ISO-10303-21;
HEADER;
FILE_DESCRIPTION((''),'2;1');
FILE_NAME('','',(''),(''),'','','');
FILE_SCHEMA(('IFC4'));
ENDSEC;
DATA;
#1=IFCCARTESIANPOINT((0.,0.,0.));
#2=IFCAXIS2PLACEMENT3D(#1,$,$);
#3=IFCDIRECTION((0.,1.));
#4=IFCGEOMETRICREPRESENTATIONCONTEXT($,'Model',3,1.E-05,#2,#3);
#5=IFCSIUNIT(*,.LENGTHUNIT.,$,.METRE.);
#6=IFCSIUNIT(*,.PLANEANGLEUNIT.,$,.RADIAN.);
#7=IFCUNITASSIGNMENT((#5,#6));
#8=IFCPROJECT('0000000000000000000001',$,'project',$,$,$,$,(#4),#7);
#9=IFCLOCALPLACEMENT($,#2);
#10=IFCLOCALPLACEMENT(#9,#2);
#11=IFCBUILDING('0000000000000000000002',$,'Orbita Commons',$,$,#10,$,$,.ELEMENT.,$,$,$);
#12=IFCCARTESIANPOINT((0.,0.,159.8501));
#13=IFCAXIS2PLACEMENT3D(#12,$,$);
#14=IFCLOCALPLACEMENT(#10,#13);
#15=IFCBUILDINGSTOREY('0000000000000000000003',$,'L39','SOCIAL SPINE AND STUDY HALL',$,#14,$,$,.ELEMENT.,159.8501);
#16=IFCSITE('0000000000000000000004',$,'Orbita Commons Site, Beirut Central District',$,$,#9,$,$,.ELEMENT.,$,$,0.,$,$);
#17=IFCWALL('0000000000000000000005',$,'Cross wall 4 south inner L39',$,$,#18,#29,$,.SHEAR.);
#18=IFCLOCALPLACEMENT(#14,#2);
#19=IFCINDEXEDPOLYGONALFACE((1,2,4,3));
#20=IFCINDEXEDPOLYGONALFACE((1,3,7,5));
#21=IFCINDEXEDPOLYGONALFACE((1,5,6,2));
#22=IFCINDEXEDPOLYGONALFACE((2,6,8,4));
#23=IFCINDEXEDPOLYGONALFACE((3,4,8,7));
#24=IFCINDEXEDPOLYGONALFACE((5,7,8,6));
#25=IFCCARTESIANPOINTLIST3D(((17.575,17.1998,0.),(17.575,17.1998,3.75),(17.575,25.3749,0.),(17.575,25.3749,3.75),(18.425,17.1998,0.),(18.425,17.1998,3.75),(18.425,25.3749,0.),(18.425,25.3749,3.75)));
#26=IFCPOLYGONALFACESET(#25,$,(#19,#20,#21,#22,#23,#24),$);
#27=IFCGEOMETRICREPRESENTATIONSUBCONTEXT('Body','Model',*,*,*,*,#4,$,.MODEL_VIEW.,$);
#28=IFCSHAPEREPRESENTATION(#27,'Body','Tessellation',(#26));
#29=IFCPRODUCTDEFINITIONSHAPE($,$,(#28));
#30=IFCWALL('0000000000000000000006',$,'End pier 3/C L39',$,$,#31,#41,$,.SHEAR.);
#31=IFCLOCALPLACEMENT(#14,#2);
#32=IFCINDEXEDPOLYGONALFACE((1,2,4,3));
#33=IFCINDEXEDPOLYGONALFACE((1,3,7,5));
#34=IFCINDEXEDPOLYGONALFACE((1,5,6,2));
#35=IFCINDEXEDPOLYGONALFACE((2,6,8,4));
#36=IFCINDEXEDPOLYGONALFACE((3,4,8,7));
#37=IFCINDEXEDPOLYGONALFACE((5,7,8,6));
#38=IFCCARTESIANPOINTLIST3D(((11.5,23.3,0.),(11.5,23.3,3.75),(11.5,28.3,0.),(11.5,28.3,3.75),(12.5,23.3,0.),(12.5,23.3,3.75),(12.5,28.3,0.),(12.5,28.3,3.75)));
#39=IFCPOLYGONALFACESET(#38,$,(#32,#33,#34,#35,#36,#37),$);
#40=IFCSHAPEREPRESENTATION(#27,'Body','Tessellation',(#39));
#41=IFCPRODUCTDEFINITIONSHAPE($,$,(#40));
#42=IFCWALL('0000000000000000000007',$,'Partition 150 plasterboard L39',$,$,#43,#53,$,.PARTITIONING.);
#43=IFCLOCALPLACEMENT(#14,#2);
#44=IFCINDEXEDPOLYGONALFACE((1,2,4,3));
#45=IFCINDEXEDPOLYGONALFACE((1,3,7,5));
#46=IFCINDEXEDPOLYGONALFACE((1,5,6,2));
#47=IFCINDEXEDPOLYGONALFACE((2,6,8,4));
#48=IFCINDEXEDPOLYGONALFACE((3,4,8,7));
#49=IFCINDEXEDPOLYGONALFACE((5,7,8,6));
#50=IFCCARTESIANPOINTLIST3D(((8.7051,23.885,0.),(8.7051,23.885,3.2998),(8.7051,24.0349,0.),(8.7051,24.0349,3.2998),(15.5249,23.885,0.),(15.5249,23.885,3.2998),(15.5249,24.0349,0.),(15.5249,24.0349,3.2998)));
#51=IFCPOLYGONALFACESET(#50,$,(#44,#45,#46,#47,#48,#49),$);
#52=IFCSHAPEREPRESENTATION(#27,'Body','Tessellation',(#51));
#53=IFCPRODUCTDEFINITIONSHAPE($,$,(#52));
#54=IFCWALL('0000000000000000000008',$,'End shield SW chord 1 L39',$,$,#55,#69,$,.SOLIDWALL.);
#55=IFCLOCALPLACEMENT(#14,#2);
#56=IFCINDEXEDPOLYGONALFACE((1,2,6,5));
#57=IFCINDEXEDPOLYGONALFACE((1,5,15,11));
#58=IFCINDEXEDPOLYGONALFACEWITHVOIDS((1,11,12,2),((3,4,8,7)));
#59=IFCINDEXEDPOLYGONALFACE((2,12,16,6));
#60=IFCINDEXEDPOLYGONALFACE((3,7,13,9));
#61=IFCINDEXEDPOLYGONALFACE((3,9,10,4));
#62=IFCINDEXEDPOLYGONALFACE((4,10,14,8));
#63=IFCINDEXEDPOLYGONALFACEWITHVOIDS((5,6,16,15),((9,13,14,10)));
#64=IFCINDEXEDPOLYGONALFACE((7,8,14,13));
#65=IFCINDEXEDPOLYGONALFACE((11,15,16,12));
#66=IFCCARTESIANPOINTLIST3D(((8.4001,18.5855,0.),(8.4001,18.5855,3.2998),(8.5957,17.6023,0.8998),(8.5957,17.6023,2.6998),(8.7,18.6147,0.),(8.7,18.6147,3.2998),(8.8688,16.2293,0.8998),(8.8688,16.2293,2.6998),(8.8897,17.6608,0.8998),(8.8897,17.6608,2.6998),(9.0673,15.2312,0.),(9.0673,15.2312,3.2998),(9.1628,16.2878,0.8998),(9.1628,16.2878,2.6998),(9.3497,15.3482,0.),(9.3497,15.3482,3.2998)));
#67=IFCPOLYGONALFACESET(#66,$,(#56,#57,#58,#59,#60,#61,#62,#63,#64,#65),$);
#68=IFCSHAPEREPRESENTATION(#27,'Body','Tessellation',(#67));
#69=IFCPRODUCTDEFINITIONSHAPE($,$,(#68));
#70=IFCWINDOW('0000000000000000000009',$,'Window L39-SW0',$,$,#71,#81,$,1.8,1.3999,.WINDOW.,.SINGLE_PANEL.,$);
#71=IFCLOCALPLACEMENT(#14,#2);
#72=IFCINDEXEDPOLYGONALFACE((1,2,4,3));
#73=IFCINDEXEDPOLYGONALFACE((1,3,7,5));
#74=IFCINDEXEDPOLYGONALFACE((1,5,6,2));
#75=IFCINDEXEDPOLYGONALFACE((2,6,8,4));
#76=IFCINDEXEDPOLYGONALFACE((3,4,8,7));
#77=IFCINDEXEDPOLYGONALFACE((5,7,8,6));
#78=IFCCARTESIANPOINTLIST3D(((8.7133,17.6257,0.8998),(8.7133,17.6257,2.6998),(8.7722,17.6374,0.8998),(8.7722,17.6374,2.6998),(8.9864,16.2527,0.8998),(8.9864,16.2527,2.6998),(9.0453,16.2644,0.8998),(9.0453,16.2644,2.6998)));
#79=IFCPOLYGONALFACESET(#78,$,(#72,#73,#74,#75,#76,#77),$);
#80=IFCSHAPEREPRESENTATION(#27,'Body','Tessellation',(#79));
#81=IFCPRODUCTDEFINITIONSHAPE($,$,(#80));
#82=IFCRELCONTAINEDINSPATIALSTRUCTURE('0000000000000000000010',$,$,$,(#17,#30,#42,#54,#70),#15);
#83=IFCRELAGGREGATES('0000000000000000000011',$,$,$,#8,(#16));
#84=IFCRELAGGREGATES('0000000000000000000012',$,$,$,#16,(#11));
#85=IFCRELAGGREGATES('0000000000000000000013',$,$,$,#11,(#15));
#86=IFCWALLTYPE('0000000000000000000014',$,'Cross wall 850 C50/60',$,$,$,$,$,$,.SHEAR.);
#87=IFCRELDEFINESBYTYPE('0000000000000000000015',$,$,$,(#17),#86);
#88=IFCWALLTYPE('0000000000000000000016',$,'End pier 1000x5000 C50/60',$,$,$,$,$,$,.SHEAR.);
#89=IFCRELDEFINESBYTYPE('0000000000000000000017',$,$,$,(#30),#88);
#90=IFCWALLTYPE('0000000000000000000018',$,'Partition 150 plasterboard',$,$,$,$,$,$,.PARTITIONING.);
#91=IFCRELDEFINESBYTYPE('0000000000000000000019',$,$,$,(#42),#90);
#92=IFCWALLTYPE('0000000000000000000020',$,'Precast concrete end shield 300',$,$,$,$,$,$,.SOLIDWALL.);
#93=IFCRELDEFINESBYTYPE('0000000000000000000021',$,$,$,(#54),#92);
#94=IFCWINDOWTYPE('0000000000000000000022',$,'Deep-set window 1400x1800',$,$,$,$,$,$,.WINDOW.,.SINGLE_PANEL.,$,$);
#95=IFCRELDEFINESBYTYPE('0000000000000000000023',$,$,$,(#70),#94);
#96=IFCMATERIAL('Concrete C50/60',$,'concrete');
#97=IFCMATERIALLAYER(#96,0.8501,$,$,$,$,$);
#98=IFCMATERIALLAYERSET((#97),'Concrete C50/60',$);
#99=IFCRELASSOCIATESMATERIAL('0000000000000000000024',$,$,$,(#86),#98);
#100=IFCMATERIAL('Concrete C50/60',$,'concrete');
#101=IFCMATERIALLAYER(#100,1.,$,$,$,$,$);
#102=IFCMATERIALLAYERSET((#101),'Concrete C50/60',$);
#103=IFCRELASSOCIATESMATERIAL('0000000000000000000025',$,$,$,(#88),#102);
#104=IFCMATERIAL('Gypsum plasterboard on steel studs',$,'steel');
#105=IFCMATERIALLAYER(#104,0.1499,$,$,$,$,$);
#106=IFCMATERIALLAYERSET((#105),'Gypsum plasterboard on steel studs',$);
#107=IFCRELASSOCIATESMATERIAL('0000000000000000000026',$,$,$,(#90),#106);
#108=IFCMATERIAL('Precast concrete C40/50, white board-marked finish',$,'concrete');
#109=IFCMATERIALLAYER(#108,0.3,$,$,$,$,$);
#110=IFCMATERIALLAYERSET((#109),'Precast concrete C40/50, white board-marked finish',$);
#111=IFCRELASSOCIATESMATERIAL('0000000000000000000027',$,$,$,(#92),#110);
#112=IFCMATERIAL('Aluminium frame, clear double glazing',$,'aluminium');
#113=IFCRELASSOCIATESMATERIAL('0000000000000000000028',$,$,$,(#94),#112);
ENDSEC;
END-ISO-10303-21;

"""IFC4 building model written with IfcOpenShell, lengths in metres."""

from ifc_helpers import new_model, si_unit, direction, frame, frame_2d, origin, place, context, subcontext, project, spatial, polyline, rectangle, outline, extrude, material, layer, layer_set, type_object, element, fill, save


model = new_model("IFC4")

# Units and contexts
model_context = context("Model", 3, precision=1e-05, world=origin(), true_north=direction((0.0, 1.0)))
body_context = subcontext(model_context, "Body", "Model", "MODEL_VIEW")
ifc_project = project(units=[si_unit("LENGTHUNIT", "METRE"), si_unit("PLANEANGLEUNIT", "RADIAN")], contexts=[model_context])

# Site, building, storey
site_placement = place(None, origin())
site = spatial("IfcSite", under=ifc_project, at=site_placement, Name="Orbita Commons Site, Beirut Central District", CompositionType="ELEMENT", RefElevation=0.0)
building_placement = place(site_placement, origin())
building = spatial("IfcBuilding", under=site, at=building_placement, Name="Orbita Commons", CompositionType="ELEMENT")
storey_placement = place(building_placement, frame((0.0, 0.0, 159.8501)))
storey = spatial("IfcBuildingStorey", under=building, at=storey_placement, Name="L39", Description="SOCIAL SPINE AND STUDY HALL", CompositionType="ELEMENT", Elevation=159.8501)

# Walls
ifc_material_1 = material(Name="Concrete C50/60", Category="concrete")
ifc_layer_1 = layer(ifc_material_1, 0.8501)
ifc_layer_set_1 = layer_set([ifc_layer_1], Name="Concrete C50/60")
wall_type_1 = type_object("IfcWallType", Name="Cross wall 850 C50/60", PredefinedType="SHEAR", material=ifc_layer_set_1)
wall_1_placement = place(storey_placement, frame((18.0, 17.2, 0.0), z_axis=(0.0, 0.0, 1.0), x_axis=(0.0, 1.0, 0.0)))
element("IfcWall", 1, at=wall_1_placement, inside=storey, type_object=wall_type_1, Name="Cross wall 4 south inner L39", PredefinedType="SHEAR", context=body_context, shape_type="SweptSolid", body=[
    extrude(rectangle(XDim=8.175, YDim=0.8501, at=frame_2d((4.0874, 0.0))), origin(), (0.0, 0.0, 1.0), 3.75),
])
ifc_material_2 = material(Name="Concrete C50/60", Category="concrete")
ifc_layer_2 = layer(ifc_material_2, 1.0)
ifc_layer_set_2 = layer_set([ifc_layer_2], Name="Concrete C50/60")
wall_type_2 = type_object("IfcWallType", Name="End pier 1000x5000 C50/60", PredefinedType="SHEAR", material=ifc_layer_set_2)
wall_2_placement = place(storey_placement, frame((12.0, 23.3, 0.0), z_axis=(0.0, 0.0, 1.0), x_axis=(0.0, 1.0, 0.0)))
element("IfcWall", 2, at=wall_2_placement, inside=storey, type_object=wall_type_2, Name="End pier 3/C L39", PredefinedType="SHEAR", context=body_context, shape_type="SweptSolid", body=[
    extrude(rectangle(XDim=5.0, YDim=1.0, at=frame_2d((2.5, 0.0))), origin(), (0.0, 0.0, 1.0), 3.75),
])
ifc_material_3 = material(Name="Gypsum plasterboard on steel studs", Category="steel")
ifc_layer_3 = layer(ifc_material_3, 0.1499)
ifc_layer_set_3 = layer_set([ifc_layer_3], Name="Gypsum plasterboard on steel studs")
wall_type_3 = type_object("IfcWallType", Name="Partition 150 plasterboard", PredefinedType="PARTITIONING", material=ifc_layer_set_3)
wall_3_placement = place(storey_placement, frame((8.7051, 23.96, 0.0), z_axis=(0.0, 0.0, 1.0), x_axis=(1.0, 0.0, 0.0)))
element("IfcWall", 3, at=wall_3_placement, inside=storey, type_object=wall_type_3, Name="Partition 150 plasterboard L39", PredefinedType="PARTITIONING", context=body_context, shape_type="SweptSolid", body=[
    extrude(rectangle(XDim=6.8198, YDim=0.1499, at=frame_2d((3.4099, 0.0))), origin(), (0.0, 0.0, 1.0), 3.2998),
])

# Wall, opening, window
ifc_material_4 = material(Name="Precast concrete C40/50, white board-marked finish", Category="concrete")
ifc_layer_4 = layer(ifc_material_4, 0.3)
ifc_layer_set_4 = layer_set([ifc_layer_4], Name="Precast concrete C40/50, white board-marked finish")
wall_type_4 = type_object("IfcWallType", Name="Precast concrete end shield 300", PredefinedType="SOLIDWALL", material=ifc_layer_set_4)
wall_4_placement = place(storey_placement, frame((8.55, 18.6001, 0.0), z_axis=(0.0, 0.0, 1.0), x_axis=(0.195087, -0.980786, 0.0)))
wall_4 = element("IfcWall", 4, at=wall_4_placement, inside=storey, type_object=wall_type_4, Name="End shield SW chord 1 L39", PredefinedType="SOLIDWALL", context=body_context, shape_type="SweptSolid", body=[
    extrude(outline(polyline([(-0.0149, -0.1499), (3.405, -0.1499), (3.3455, 0.1499), (0.0149, 0.1499), (-0.0149, -0.1499)])), origin(), (0.0, 0.0, 1.0), 3.2998),
])
opening_1_placement = place(wall_4_placement, frame((0.9875, 0.0, 0.8999)))
opening_1 = element("IfcOpeningElement", 5, at=opening_1_placement, cuts=wall_4, PredefinedType="OPENING", context=body_context, shape_type="SweptSolid", body=[
    extrude(rectangle(XDim=1.3999, YDim=1.8, at=frame_2d((0.7, 0.8999))), frame((0.0, 0.1599, 0.0), z_axis=(0.0, -1.0, 0.0), x_axis=(1.0, 0.0, 0.0)), (0.0, 0.0, 1.0), 0.3201),
])
ifc_material_5 = material(Name="Aluminium frame, clear double glazing", Category="aluminium")
window_type = type_object("IfcWindowType", Name="Deep-set window 1400x1800", PartitioningType="SINGLE_PANEL", PredefinedType="WINDOW", material=ifc_material_5)
window_placement = place(opening_1_placement, origin())
window = element("IfcWindow", 6, at=window_placement, inside=storey, type_object=window_type, Name="Window L39-SW0", OverallHeight=1.8, OverallWidth=1.3999, PartitioningType="SINGLE_PANEL", PredefinedType="WINDOW", context=body_context, shape_type="SweptSolid", body=[
    extrude(rectangle(XDim=1.3999, YDim=1.8, at=frame_2d((0.7, 0.8999))), frame((0.0, 0.03, 0.0), z_axis=(0.0, -1.0, 0.0), x_axis=(1.0, 0.0, 0.0)), (0.0, 0.0, 1.0), 0.0601),
])
fill(opening_1, window)

save(model, "model.ifc")
